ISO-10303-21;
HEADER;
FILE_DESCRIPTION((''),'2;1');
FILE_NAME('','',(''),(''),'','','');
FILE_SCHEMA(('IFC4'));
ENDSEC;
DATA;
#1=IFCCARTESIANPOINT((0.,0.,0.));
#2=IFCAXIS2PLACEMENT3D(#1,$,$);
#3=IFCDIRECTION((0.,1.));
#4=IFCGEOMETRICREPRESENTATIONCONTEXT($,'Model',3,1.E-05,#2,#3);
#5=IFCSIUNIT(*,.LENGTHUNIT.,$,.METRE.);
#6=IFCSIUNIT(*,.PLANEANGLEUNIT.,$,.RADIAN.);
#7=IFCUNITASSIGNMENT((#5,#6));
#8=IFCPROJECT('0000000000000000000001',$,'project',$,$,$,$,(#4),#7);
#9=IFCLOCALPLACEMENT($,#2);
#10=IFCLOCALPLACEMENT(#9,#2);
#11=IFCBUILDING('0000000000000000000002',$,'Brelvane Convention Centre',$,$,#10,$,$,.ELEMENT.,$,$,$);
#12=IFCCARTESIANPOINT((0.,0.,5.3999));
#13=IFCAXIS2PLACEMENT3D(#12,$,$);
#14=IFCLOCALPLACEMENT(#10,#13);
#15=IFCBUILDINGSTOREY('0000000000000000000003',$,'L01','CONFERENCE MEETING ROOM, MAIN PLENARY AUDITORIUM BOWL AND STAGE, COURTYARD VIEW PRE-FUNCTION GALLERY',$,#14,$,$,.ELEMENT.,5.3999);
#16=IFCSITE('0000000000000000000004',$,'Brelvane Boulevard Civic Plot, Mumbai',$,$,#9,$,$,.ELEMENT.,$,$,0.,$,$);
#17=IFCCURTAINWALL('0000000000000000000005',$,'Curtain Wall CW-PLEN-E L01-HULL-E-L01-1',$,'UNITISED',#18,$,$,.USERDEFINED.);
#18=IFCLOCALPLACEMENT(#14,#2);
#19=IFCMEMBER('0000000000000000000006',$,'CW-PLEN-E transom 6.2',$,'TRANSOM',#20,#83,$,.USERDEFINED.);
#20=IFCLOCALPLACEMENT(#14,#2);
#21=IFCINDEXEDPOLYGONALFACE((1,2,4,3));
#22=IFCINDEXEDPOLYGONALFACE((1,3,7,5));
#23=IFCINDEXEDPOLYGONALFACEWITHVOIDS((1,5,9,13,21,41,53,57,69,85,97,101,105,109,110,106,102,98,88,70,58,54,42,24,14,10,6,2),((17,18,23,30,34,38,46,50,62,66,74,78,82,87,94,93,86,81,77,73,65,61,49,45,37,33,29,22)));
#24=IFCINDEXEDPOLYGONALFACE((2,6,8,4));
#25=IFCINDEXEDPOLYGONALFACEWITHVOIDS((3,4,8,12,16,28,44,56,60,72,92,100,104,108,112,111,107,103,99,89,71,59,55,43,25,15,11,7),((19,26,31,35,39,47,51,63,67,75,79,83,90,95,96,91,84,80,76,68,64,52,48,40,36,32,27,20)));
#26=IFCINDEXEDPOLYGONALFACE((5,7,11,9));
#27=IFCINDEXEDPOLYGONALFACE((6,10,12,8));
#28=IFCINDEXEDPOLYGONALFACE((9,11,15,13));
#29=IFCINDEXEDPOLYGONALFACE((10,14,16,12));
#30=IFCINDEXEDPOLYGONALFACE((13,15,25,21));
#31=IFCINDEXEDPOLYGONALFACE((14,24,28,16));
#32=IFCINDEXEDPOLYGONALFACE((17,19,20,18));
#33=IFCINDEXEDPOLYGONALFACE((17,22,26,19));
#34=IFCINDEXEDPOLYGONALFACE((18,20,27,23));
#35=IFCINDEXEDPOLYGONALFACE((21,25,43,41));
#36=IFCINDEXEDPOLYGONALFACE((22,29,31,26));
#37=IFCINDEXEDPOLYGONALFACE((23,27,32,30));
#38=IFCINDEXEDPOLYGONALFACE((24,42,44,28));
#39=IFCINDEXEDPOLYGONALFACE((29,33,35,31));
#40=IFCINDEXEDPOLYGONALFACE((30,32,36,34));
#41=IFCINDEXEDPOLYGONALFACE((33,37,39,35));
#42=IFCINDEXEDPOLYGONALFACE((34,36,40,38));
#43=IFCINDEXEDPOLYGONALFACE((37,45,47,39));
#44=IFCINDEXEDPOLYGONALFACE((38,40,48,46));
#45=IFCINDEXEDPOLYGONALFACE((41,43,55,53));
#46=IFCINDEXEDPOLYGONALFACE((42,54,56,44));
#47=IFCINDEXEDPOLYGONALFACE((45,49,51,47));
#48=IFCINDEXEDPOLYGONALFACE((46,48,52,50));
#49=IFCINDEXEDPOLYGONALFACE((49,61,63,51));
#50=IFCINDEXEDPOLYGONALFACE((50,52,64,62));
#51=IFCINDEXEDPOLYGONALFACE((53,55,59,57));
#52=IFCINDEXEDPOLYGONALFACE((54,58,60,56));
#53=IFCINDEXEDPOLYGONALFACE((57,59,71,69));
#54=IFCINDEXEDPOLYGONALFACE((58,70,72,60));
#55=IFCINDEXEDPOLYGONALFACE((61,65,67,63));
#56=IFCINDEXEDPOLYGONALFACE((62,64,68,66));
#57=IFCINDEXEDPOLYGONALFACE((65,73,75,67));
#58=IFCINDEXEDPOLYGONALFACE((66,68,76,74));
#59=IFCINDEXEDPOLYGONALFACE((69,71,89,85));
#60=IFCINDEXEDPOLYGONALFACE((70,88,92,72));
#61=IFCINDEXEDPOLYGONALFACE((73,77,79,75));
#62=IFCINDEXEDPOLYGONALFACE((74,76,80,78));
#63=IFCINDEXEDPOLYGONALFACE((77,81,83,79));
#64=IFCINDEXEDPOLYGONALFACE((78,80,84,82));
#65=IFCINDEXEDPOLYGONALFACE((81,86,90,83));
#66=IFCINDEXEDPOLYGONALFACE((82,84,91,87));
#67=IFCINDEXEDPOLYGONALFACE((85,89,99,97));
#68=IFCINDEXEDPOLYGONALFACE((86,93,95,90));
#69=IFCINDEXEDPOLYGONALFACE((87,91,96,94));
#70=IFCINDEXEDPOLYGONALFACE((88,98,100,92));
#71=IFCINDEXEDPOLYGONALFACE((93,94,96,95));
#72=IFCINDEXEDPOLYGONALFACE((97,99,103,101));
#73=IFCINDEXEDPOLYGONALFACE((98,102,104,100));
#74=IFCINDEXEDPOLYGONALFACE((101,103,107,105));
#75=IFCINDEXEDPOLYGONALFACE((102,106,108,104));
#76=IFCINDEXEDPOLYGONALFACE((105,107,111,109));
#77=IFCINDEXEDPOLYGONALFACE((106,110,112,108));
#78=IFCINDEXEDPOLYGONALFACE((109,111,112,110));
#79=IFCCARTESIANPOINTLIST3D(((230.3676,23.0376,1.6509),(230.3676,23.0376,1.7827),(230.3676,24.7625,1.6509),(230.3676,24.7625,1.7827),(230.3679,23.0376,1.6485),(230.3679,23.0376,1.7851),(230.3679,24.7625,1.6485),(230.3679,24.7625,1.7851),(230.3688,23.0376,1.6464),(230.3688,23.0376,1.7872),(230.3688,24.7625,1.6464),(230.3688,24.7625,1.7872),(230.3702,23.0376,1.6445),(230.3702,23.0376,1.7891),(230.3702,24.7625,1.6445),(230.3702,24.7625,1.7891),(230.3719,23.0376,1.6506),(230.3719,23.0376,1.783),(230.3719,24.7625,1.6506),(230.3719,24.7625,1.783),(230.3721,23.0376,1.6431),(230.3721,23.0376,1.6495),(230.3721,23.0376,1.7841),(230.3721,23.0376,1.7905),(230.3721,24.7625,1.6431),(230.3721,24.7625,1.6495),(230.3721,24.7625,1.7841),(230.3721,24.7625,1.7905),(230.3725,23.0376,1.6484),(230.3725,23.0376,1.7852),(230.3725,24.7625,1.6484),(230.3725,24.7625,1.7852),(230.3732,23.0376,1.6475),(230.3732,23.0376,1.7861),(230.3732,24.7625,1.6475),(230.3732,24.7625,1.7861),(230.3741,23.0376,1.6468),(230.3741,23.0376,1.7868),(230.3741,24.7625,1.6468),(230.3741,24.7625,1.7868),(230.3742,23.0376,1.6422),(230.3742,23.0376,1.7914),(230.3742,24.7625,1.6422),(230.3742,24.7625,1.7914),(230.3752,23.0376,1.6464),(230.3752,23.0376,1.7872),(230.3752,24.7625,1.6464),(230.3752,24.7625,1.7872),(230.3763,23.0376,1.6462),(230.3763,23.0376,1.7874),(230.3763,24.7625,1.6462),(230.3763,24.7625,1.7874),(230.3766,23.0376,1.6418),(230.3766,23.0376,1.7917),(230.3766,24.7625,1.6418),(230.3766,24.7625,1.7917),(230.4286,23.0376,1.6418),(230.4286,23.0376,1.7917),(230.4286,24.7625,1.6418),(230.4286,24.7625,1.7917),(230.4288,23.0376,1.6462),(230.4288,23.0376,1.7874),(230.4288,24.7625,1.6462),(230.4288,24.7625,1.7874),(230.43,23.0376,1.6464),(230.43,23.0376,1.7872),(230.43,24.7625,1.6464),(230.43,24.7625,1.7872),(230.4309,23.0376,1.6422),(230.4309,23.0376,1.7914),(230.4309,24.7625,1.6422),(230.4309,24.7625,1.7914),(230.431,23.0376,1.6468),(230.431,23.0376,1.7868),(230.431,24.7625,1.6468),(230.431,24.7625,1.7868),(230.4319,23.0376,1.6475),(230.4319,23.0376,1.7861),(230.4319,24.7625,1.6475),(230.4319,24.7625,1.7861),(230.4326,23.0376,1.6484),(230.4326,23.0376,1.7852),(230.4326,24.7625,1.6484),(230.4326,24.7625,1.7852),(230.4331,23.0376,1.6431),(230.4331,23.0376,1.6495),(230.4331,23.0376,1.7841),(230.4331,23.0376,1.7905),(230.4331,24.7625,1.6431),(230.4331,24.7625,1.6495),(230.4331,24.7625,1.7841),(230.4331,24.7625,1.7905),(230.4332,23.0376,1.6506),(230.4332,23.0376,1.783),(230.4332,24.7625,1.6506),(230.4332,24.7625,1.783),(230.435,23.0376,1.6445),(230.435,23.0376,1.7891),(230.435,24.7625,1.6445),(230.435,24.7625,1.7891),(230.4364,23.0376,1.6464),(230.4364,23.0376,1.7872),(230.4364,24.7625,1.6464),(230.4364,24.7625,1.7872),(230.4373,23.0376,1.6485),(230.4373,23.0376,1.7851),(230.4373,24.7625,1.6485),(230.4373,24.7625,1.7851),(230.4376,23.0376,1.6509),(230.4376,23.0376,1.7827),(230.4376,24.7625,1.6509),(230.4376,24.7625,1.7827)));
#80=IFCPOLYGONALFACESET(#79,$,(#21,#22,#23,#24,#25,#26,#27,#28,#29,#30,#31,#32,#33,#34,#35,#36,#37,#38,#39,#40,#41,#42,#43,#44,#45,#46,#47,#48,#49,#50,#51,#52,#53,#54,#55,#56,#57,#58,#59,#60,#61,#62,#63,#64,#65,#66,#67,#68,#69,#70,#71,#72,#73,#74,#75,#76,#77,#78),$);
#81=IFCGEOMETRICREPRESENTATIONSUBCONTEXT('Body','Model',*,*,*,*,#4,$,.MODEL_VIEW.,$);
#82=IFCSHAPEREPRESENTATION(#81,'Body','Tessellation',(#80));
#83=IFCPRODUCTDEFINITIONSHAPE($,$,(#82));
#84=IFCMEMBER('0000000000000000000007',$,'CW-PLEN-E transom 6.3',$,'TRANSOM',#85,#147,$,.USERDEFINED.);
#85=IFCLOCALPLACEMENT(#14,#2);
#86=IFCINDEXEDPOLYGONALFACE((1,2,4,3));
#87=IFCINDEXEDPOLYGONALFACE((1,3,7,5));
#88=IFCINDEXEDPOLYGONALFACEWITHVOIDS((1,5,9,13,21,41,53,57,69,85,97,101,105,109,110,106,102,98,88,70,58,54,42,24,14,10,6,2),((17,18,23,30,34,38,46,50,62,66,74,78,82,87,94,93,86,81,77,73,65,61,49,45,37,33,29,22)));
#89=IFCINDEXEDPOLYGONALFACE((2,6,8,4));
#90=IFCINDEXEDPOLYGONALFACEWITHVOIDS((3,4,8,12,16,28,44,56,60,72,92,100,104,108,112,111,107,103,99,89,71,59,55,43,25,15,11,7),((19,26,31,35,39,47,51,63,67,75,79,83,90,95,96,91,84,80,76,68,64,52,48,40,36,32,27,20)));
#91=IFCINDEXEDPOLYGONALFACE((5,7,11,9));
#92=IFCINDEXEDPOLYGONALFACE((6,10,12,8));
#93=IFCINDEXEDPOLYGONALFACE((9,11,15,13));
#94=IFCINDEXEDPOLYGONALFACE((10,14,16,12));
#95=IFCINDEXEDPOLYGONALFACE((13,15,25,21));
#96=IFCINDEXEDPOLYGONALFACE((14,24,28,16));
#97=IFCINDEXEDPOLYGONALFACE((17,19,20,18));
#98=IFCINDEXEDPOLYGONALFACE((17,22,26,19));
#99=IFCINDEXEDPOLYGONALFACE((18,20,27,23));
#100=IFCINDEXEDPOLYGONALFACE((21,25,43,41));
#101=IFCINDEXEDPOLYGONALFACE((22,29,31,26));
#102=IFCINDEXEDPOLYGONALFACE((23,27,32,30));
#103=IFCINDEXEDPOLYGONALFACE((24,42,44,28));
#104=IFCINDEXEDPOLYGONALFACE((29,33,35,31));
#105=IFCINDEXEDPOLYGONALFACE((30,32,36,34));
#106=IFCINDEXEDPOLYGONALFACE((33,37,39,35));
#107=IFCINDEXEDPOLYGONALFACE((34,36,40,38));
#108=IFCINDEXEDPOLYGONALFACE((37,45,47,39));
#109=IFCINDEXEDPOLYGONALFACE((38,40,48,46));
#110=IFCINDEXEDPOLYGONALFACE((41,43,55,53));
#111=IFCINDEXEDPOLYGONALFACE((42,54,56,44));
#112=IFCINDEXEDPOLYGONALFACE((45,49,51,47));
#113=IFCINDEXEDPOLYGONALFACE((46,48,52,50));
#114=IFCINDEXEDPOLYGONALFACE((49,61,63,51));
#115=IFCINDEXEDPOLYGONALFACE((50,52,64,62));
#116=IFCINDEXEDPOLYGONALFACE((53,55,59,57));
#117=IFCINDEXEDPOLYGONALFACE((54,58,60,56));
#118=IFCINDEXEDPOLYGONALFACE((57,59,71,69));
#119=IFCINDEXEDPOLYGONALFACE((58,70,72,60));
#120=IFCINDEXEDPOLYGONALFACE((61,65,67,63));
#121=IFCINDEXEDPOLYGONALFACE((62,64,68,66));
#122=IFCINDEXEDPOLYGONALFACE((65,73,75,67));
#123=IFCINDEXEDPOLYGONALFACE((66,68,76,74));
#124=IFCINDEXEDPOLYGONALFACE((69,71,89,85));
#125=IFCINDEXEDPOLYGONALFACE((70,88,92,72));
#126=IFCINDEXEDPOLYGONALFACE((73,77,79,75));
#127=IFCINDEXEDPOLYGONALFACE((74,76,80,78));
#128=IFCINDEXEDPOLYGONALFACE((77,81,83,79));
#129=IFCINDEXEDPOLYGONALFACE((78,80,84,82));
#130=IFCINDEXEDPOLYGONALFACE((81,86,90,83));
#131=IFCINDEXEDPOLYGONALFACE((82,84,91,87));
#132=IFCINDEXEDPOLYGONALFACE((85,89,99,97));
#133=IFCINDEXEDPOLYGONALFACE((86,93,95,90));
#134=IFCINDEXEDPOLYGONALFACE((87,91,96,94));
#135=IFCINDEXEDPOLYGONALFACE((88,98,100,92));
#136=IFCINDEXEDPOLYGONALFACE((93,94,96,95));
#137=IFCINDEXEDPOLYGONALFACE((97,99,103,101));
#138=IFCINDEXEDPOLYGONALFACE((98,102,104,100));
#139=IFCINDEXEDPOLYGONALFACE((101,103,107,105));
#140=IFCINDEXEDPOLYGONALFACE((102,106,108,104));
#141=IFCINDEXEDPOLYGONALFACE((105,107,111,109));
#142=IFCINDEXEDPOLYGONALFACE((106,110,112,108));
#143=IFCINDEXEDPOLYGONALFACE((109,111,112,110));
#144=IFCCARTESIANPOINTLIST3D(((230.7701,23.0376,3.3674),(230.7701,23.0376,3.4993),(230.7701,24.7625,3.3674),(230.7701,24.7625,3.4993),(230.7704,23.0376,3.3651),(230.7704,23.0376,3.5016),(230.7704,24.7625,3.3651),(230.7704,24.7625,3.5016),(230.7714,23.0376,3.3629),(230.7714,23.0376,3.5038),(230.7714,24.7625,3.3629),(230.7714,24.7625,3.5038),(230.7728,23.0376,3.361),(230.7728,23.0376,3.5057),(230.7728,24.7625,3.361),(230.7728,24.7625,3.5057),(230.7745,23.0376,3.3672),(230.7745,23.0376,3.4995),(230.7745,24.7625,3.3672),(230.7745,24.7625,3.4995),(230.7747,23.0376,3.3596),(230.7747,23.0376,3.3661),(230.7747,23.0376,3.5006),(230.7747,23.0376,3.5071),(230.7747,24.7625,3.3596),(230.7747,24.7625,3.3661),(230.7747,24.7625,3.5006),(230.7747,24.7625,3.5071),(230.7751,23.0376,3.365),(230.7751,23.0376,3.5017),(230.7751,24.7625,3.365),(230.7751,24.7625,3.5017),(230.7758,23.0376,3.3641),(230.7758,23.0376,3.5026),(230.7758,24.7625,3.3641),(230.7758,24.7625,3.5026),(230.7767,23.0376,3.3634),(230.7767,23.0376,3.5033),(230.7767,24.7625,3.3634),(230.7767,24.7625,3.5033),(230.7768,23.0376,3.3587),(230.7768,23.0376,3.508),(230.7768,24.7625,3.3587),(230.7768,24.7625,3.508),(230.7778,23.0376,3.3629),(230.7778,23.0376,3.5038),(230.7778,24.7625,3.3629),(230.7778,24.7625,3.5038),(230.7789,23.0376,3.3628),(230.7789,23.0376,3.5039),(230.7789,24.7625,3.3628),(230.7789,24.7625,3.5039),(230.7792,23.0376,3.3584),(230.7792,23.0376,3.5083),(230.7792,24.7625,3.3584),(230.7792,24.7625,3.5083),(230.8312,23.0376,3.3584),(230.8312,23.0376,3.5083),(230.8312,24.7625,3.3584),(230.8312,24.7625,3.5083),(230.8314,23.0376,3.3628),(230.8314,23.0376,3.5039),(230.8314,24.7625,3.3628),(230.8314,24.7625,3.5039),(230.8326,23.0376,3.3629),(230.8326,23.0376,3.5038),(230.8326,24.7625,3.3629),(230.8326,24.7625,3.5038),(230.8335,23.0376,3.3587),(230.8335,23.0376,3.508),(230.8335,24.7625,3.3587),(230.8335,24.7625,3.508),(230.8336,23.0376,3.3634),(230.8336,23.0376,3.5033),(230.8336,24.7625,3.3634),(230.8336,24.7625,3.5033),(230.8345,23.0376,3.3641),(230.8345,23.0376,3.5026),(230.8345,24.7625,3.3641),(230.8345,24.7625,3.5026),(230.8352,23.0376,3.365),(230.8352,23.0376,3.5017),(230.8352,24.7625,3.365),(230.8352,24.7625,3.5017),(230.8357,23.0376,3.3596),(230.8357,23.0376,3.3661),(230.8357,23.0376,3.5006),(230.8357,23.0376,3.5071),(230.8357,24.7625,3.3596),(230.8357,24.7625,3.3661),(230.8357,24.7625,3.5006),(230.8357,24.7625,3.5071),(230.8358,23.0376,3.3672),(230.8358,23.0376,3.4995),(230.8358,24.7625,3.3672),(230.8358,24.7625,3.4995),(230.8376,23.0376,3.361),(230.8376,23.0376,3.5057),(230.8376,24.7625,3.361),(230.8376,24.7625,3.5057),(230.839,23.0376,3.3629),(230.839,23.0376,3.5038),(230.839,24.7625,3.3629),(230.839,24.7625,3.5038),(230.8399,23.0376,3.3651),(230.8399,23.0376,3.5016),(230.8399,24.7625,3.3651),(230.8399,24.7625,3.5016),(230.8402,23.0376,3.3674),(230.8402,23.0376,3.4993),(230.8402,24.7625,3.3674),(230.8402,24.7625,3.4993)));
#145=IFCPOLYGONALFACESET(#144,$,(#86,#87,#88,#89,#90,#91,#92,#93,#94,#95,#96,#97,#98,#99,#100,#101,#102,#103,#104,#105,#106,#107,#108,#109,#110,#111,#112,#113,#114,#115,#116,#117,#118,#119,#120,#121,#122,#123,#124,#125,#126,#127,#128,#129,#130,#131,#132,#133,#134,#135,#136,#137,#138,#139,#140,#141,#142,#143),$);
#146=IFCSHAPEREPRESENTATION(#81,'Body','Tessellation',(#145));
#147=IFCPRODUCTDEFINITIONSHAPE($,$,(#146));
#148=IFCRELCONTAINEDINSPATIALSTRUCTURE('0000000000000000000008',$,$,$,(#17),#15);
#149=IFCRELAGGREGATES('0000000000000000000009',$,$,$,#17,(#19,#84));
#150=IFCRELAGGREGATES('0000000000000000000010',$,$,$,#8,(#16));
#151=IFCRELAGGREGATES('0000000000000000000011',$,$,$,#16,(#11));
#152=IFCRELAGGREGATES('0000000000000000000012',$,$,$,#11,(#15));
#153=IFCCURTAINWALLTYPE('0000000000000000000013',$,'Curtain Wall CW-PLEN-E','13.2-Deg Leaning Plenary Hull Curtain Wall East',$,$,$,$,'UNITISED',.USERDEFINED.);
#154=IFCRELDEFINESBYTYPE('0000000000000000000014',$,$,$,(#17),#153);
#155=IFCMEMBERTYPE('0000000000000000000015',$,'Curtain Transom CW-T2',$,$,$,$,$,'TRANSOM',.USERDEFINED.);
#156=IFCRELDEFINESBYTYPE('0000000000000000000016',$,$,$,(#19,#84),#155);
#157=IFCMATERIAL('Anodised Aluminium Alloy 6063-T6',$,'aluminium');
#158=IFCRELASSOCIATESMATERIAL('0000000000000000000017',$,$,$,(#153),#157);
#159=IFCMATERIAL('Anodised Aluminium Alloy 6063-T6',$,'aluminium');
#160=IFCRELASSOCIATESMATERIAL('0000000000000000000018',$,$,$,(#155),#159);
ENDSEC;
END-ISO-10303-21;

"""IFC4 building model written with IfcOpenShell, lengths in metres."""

from ifc_helpers import new_model, si_unit, direction, frame, origin, origin_2d, place, context, subcontext, project, spatial, hollow_rectangle, extrude, material, material_profile, profile_set, type_object, element, aggregate, save


model = new_model("IFC4")

# Units and contexts
model_context = context("Model", 3, precision=1e-05, world=origin(), true_north=direction((0.0, 1.0)))
body_context = subcontext(model_context, "Body", "Model", "MODEL_VIEW")
ifc_project = project(units=[si_unit("LENGTHUNIT", "METRE"), si_unit("PLANEANGLEUNIT", "RADIAN")], contexts=[model_context])

# Site, building, storey
site_placement = place(None, origin())
site = spatial("IfcSite", under=ifc_project, at=site_placement, Name="Brelvane Boulevard Civic Plot, Mumbai", CompositionType="ELEMENT", RefElevation=0.0)
building_placement = place(site_placement, origin())
building = spatial("IfcBuilding", under=site, at=building_placement, Name="Brelvane Convention Centre", CompositionType="ELEMENT")
storey_placement = place(building_placement, frame((0.0, 0.0, 5.3999)))
storey = spatial("IfcBuildingStorey", under=building, at=storey_placement, Name="L01", Description="CONFERENCE MEETING ROOM, MAIN PLENARY AUDITORIUM BOWL AND STAGE, COURTYARD VIEW PRE-FUNCTION GALLERY", CompositionType="ELEMENT", Elevation=5.3999)

# Curtain wall, members
ifc_material_1 = material(Name="Anodised Aluminium Alloy 6063-T6", Category="aluminium")
curtain_wall_type = type_object("IfcCurtainWallType", Name="Curtain Wall CW-PLEN-E", Description="13.2-Deg Leaning Plenary Hull Curtain Wall East", ElementType="UNITISED", PredefinedType="USERDEFINED", material=ifc_material_1)
curtain_wall_placement = place(storey_placement, origin())
curtain_wall = element("IfcCurtainWall", 1, at=curtain_wall_placement, inside=storey, type_object=curtain_wall_type, Name="Curtain Wall CW-PLEN-E L01-HULL-E-L01-1", ObjectType="UNITISED", PredefinedType="USERDEFINED")
ifc_material_2 = material(Name="Anodised Aluminium Alloy 6063-T6", Category="aluminium")
ifc_material_profile_1 = material_profile(ifc_material_2, hollow_rectangle(XDim=0.0701, YDim=0.1499, WallThickness=0.0044, InnerFilletRadius=0.0044, OuterFilletRadius=0.009, at=origin_2d()), Name="ALU-T 150x70x4.5")
ifc_profile_set_1 = profile_set([ifc_material_profile_1], Name="Anodised Aluminium Alloy 6063-T6")
member_type_1 = type_object("IfcMemberType", Name="Curtain Transom CW-T2", ElementType="TRANSOM", PredefinedType="USERDEFINED", material=ifc_profile_set_1)
member_1_placement = place(storey_placement, frame((230.4026, 23.0376, 1.7168), z_axis=(0.0, 1.0, 0.0), x_axis=(-1.0, 0.0, 0.0)))
member_1 = element("IfcMember", 2, at=member_1_placement, type_object=member_type_1, Name="CW-PLEN-E transom 6.2", ObjectType="TRANSOM", PredefinedType="USERDEFINED", context=body_context, shape_type="SweptSolid", body=[
    extrude(hollow_rectangle(XDim=0.0701, YDim=0.1499, WallThickness=0.0044, InnerFilletRadius=0.0044, OuterFilletRadius=0.009, at=origin_2d()), origin(), (0.0, 0.0, 1.0), 1.7249),
])
member_2_placement = place(storey_placement, frame((230.8052, 23.0376, 3.4333), z_axis=(0.0, 1.0, 0.0), x_axis=(-1.0, 0.0, 0.0)))
member_2 = element("IfcMember", 3, at=member_2_placement, type_object=member_type_1, Name="CW-PLEN-E transom 6.3", ObjectType="TRANSOM", PredefinedType="USERDEFINED", context=body_context, shape_type="SweptSolid", body=[
    extrude(hollow_rectangle(XDim=0.0701, YDim=0.1499, WallThickness=0.0044, InnerFilletRadius=0.0044, OuterFilletRadius=0.009, at=origin_2d()), origin(), (0.0, 0.0, 1.0), 1.7249),
])
aggregate(curtain_wall, [member_1, member_2])

save(model, "model.ifc")
